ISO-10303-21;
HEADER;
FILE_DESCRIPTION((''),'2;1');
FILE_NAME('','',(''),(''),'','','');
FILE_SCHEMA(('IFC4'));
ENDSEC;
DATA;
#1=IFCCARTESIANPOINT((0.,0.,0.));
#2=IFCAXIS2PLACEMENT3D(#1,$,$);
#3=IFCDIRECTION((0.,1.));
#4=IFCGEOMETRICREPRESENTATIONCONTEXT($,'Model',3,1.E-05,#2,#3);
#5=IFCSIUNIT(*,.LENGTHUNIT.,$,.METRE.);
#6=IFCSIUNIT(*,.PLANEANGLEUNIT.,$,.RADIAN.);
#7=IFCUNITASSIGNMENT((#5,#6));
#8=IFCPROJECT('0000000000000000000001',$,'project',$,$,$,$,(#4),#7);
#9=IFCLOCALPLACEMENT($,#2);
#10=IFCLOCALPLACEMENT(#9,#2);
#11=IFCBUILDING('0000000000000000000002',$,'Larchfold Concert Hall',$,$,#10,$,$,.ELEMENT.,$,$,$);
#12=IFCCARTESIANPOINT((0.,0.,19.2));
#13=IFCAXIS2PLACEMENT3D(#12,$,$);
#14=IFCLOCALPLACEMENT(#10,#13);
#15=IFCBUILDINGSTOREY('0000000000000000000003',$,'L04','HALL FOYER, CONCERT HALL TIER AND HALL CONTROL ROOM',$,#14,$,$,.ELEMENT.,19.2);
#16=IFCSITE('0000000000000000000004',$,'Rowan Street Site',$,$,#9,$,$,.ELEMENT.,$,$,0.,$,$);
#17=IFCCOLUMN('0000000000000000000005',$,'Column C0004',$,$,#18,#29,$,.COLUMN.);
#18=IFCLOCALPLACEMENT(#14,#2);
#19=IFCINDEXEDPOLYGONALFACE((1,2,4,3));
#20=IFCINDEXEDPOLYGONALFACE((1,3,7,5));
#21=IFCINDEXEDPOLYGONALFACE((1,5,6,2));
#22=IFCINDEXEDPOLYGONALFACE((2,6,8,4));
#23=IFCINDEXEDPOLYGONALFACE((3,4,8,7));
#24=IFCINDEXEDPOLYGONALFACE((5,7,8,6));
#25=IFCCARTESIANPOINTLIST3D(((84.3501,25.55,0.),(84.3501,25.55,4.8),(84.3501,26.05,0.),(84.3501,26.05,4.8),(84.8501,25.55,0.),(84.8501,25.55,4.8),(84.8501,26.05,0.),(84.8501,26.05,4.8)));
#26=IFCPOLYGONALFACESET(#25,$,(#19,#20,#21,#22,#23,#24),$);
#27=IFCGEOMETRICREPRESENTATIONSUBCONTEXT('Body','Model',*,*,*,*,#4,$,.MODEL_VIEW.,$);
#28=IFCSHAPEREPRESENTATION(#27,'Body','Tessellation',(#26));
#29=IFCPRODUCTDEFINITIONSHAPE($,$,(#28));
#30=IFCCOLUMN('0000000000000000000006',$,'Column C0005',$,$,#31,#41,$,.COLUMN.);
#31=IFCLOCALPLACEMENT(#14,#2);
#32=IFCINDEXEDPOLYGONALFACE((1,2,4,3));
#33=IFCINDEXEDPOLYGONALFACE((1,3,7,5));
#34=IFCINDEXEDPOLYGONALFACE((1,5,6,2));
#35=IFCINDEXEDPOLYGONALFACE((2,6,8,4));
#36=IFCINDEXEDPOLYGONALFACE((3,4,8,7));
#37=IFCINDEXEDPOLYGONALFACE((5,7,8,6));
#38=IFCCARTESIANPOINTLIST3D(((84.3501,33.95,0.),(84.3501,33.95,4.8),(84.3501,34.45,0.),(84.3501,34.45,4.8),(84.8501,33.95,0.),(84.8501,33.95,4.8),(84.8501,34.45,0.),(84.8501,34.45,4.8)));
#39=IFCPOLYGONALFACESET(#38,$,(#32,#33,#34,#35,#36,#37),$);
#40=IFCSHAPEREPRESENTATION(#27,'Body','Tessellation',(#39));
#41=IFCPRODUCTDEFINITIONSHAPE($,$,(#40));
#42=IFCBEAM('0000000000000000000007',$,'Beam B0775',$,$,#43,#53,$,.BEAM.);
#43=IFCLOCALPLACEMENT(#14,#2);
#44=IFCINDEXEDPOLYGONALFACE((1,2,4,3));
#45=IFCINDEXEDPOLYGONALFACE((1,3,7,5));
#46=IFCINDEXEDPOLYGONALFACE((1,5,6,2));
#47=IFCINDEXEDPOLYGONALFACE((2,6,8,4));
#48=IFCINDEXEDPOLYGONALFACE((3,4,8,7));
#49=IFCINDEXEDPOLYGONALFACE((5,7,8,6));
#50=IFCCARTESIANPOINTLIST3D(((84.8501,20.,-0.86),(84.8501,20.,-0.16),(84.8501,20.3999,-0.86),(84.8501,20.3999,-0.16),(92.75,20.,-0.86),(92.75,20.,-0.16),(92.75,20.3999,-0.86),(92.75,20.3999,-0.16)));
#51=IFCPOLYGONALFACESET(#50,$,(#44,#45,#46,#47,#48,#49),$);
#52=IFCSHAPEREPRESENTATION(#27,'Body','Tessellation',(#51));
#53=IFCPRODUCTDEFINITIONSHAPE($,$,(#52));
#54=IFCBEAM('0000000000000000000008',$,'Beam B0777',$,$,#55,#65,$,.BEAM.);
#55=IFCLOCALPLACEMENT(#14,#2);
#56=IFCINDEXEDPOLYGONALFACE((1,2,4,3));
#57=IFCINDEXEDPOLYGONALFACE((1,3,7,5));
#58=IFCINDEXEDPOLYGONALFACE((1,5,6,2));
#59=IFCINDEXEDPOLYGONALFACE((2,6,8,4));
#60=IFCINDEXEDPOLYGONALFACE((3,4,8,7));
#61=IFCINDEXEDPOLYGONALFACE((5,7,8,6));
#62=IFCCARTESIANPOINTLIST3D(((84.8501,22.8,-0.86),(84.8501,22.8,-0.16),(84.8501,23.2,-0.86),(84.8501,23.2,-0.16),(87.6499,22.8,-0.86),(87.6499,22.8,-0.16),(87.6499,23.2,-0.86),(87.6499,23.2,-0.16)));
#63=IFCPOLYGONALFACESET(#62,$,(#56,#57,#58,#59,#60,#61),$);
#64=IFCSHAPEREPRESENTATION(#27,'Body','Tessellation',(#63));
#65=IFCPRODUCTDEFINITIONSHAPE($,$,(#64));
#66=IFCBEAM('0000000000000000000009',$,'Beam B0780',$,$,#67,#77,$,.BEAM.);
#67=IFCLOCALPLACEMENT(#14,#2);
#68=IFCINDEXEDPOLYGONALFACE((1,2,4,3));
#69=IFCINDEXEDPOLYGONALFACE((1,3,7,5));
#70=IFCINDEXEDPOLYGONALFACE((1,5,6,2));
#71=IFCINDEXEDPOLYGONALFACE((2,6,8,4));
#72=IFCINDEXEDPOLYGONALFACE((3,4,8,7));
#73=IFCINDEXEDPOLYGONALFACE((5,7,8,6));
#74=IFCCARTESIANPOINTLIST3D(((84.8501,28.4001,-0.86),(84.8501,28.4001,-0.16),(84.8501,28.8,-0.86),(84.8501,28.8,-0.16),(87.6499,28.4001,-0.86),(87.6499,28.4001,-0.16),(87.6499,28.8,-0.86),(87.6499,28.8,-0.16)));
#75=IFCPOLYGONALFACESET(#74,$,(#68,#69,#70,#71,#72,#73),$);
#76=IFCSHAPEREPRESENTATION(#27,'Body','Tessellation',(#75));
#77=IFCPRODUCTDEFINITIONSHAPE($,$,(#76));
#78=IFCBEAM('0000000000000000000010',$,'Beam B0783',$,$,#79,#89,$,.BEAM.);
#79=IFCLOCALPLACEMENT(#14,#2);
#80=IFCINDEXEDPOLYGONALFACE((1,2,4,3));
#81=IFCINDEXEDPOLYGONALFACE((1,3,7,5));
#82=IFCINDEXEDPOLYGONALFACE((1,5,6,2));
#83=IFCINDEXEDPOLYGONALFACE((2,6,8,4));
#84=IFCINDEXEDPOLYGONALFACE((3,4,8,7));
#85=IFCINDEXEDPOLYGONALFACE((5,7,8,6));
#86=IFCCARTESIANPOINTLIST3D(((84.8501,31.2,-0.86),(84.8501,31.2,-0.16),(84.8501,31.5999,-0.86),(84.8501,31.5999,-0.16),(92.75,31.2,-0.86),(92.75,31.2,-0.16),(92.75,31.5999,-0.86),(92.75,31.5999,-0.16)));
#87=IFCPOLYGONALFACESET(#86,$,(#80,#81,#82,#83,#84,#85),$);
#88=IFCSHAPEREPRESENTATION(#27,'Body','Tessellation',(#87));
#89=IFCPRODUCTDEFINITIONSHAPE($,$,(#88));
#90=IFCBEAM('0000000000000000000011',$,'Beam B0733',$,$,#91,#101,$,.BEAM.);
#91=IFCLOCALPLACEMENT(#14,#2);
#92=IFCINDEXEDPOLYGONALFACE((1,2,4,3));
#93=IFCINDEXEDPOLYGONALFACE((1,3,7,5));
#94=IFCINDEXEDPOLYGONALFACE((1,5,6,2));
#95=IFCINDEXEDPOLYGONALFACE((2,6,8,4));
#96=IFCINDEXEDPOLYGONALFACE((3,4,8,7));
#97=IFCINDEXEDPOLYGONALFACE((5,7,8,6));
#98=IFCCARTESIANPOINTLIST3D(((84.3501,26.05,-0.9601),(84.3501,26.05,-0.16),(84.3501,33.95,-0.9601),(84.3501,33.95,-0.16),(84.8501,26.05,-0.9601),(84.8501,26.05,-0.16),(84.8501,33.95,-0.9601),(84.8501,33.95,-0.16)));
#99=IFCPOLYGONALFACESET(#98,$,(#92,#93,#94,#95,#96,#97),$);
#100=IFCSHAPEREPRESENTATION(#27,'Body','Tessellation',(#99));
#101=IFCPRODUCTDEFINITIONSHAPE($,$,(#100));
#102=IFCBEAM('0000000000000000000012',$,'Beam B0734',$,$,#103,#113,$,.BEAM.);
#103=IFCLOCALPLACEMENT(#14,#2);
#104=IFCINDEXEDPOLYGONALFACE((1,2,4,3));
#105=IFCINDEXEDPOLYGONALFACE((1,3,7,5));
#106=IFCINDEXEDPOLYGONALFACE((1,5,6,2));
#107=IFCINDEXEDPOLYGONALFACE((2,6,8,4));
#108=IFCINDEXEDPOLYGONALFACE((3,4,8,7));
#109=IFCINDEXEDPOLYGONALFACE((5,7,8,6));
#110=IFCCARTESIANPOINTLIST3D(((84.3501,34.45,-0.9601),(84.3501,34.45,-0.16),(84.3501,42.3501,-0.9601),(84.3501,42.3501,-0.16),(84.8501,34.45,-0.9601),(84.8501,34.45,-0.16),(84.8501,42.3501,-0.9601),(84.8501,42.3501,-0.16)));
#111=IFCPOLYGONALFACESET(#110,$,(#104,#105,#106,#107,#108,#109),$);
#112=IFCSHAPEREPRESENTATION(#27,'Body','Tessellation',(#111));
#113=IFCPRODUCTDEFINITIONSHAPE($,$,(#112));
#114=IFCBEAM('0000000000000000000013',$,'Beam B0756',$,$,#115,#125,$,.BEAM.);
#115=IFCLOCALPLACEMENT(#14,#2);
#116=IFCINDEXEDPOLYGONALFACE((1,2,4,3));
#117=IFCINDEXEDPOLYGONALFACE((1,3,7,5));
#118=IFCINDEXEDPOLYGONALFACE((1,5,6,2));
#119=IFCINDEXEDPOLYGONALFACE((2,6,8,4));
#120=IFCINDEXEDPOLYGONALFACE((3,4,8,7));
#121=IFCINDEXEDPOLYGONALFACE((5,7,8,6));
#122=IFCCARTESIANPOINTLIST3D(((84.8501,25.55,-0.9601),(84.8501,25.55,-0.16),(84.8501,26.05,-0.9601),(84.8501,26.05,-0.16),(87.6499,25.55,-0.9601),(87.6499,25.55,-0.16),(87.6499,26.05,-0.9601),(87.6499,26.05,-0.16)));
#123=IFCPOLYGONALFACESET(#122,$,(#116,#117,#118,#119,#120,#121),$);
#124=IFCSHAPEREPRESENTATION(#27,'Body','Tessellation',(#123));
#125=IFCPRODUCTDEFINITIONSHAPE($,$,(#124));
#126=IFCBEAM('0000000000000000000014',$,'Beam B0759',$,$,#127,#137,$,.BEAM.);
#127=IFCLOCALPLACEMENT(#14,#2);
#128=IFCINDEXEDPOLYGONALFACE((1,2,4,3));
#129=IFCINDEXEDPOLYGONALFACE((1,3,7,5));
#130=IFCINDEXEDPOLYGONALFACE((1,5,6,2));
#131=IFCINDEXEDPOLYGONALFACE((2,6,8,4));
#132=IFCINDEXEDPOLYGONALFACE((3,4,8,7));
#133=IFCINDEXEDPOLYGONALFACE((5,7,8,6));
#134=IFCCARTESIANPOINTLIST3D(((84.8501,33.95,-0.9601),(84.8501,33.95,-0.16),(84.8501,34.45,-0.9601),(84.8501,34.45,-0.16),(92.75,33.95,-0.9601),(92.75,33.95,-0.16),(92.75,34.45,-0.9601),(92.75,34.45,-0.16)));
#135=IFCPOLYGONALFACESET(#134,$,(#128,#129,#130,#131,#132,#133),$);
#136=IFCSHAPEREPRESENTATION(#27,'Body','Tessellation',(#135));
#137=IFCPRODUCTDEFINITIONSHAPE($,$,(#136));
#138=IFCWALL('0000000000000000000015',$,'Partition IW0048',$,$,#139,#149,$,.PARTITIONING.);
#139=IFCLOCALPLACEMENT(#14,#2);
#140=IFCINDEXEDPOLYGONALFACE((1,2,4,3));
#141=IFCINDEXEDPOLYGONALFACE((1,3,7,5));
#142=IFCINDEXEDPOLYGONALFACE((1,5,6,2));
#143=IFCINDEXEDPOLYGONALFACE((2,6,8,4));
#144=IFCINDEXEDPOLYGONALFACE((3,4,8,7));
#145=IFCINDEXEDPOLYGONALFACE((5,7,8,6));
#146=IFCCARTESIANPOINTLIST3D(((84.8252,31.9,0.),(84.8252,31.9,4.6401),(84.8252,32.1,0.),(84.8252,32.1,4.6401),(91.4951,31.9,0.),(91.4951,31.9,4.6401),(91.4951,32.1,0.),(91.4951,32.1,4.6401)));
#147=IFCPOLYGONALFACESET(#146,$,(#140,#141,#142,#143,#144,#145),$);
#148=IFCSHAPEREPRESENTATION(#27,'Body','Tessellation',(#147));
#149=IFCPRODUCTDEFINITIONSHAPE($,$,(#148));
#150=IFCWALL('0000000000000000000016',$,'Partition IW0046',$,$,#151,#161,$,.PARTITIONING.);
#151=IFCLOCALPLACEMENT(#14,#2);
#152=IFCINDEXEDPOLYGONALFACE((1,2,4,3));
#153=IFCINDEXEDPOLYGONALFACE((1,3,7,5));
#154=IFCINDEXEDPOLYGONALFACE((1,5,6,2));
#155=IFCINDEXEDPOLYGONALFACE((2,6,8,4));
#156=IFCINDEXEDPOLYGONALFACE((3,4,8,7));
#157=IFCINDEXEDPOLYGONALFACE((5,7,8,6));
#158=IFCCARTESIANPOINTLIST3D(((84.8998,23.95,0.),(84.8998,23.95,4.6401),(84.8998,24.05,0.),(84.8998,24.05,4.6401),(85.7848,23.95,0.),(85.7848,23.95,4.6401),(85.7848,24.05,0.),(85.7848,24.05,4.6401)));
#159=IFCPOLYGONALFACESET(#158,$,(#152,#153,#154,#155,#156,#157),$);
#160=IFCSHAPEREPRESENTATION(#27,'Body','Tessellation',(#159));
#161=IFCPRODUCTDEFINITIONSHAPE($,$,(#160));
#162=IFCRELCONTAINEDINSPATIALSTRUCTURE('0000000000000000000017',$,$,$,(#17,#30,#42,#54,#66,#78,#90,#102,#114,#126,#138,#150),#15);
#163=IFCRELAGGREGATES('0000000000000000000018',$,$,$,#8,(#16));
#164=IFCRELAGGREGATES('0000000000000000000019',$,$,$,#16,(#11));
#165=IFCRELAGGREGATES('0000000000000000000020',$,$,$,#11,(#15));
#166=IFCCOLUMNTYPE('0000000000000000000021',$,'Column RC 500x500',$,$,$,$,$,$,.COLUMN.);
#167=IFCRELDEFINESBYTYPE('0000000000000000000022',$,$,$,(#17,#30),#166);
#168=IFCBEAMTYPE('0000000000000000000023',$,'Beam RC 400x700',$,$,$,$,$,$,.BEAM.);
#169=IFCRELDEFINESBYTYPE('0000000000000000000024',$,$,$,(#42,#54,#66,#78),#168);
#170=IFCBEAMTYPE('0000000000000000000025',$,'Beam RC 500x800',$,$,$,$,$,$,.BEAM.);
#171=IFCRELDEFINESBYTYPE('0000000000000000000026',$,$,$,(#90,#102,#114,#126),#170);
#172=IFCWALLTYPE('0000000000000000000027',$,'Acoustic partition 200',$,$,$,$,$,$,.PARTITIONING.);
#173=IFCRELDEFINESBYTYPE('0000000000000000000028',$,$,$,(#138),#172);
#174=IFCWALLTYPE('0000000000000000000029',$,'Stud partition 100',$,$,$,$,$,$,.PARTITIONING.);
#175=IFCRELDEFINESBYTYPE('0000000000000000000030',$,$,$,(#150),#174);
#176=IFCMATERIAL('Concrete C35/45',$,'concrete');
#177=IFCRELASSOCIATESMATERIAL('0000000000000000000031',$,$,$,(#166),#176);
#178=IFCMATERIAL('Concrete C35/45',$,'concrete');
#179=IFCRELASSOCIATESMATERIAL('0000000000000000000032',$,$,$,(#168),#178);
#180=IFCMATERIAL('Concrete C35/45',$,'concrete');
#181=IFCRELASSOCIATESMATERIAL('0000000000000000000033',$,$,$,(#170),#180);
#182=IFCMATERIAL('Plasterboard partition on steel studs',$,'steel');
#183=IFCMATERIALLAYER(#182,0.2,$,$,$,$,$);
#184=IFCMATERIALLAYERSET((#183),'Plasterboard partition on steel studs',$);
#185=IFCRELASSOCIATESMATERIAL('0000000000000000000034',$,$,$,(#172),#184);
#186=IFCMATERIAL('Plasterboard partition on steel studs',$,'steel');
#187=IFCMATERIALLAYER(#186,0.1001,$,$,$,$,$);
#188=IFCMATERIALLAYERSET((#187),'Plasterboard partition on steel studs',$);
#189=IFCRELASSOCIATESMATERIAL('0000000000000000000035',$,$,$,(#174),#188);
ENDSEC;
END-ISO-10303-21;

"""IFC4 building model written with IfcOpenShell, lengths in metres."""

from ifc_helpers import new_model, si_unit, direction, frame, frame_2d, origin, origin_2d, place, context, subcontext, project, spatial, rectangle, extrude, material, layer, layer_set, material_profile, profile_set, type_object, element, save


model = new_model("IFC4")

# Units and contexts
model_context = context("Model", 3, precision=1e-05, world=origin(), true_north=direction((0.0, 1.0)))
body_context = subcontext(model_context, "Body", "Model", "MODEL_VIEW")
ifc_project = project(units=[si_unit("LENGTHUNIT", "METRE"), si_unit("PLANEANGLEUNIT", "RADIAN")], contexts=[model_context])

# Site, building, storey
site_placement = place(None, origin())
site = spatial("IfcSite", under=ifc_project, at=site_placement, Name="Rowan Street Site", CompositionType="ELEMENT", RefElevation=0.0)
building_placement = place(site_placement, origin())
building = spatial("IfcBuilding", under=site, at=building_placement, Name="Larchfold Concert Hall", CompositionType="ELEMENT")
storey_placement = place(building_placement, frame((0.0, 0.0, 19.2)))
storey = spatial("IfcBuildingStorey", under=building, at=storey_placement, Name="L04", Description="HALL FOYER, CONCERT HALL TIER AND HALL CONTROL ROOM", CompositionType="ELEMENT", Elevation=19.2)

# Columns
ifc_material_1 = material(Name="Concrete C35/45", Category="concrete")
ifc_material_profile_1 = material_profile(ifc_material_1, rectangle(XDim=0.5, YDim=0.5, at=origin_2d()))
ifc_profile_set_1 = profile_set([ifc_material_profile_1], Name="Concrete C35/45")
column_type = type_object("IfcColumnType", Name="Column RC 500x500", PredefinedType="COLUMN", material=ifc_profile_set_1)
for number, where, z_axis, x_axis, name in (
    (1, (84.6001, 25.8, 0.0), (0.0, 0.0, 1.0), (1.0, 0.0, 0.0), "Column C0004"),
    (2, (84.6001, 34.2, 0.0), (0.0, 0.0, 1.0), (1.0, 0.0, 0.0), "Column C0005"),
):
    element("IfcColumn", number, at=place(storey_placement, frame(where, z_axis=z_axis, x_axis=x_axis)), inside=storey, type_object=column_type, Name=name, PredefinedType="COLUMN", context=body_context, shape_type="SweptSolid", body=[
        extrude(rectangle(XDim=0.5, YDim=0.5, at=origin_2d()), origin(), (0.0, 0.0, 1.0), 4.8),
    ])

# Beams
ifc_material_2 = material(Name="Concrete C35/45", Category="concrete")
ifc_material_profile_2 = material_profile(ifc_material_2, rectangle(XDim=0.3999, YDim=0.7, at=origin_2d()))
ifc_profile_set_2 = profile_set([ifc_material_profile_2], Name="Concrete C35/45")
beam_type_1 = type_object("IfcBeamType", Name="Beam RC 400x700", PredefinedType="BEAM", material=ifc_profile_set_2)
beam_1_placement = place(storey_placement, frame((84.8501, 20.2, -0.51), z_axis=(1.0, 0.0, 0.0), x_axis=(0.0, 1.0, 0.0)))
element("IfcBeam", 3, at=beam_1_placement, inside=storey, type_object=beam_type_1, Name="Beam B0775", PredefinedType="BEAM", context=body_context, shape_type="SweptSolid", body=[
    extrude(rectangle(XDim=0.3999, YDim=0.7, at=origin_2d()), origin(), (0.0, 0.0, 1.0), 7.8999),
])
for number, where, z_axis, x_axis, name in (
    (4, (84.8501, 23.0, -0.51), (1.0, 0.0, 0.0), (0.0, 1.0, 0.0), "Beam B0777"),
    (5, (84.8501, 28.6001, -0.51), (1.0, 0.0, 0.0), (0.0, 1.0, 0.0), "Beam B0780"),
):
    element("IfcBeam", number, at=place(storey_placement, frame(where, z_axis=z_axis, x_axis=x_axis)), inside=storey, type_object=beam_type_1, Name=name, PredefinedType="BEAM", context=body_context, shape_type="SweptSolid", body=[
        extrude(rectangle(XDim=0.3999, YDim=0.7, at=origin_2d()), origin(), (0.0, 0.0, 1.0), 2.7998),
    ])
beam_2_placement = place(storey_placement, frame((84.8501, 31.3999, -0.51), z_axis=(1.0, 0.0, 0.0), x_axis=(0.0, 1.0, 0.0)))
element("IfcBeam", 6, at=beam_2_placement, inside=storey, type_object=beam_type_1, Name="Beam B0783", PredefinedType="BEAM", context=body_context, shape_type="SweptSolid", body=[
    extrude(rectangle(XDim=0.3999, YDim=0.7, at=origin_2d()), origin(), (0.0, 0.0, 1.0), 7.8999),
])
ifc_material_3 = material(Name="Concrete C35/45", Category="concrete")
ifc_material_profile_3 = material_profile(ifc_material_3, rectangle(XDim=0.5, YDim=0.8, at=origin_2d()))
ifc_profile_set_3 = profile_set([ifc_material_profile_3], Name="Concrete C35/45")
beam_type_2 = type_object("IfcBeamType", Name="Beam RC 500x800", PredefinedType="BEAM", material=ifc_profile_set_3)
beam_3_placement = place(storey_placement, frame((84.6001, 26.05, -0.5601), z_axis=(0.0, 1.0, 0.0), x_axis=(-1.0, 0.0, 0.0)))
element("IfcBeam", 7, at=beam_3_placement, inside=storey, type_object=beam_type_2, Name="Beam B0733", PredefinedType="BEAM", context=body_context, shape_type="SweptSolid", body=[
    extrude(rectangle(XDim=0.5, YDim=0.8, at=origin_2d()), origin(), (0.0, 0.0, 1.0), 7.8999),
])
beam_4_placement = place(storey_placement, frame((84.6001, 34.45, -0.5601), z_axis=(0.0, 1.0, 0.0), x_axis=(-1.0, 0.0, 0.0)))
element("IfcBeam", 8, at=beam_4_placement, inside=storey, type_object=beam_type_2, Name="Beam B0734", PredefinedType="BEAM", context=body_context, shape_type="SweptSolid", body=[
    extrude(rectangle(XDim=0.5, YDim=0.8, at=origin_2d()), origin(), (0.0, 0.0, 1.0), 7.9001),
])
beam_5_placement = place(storey_placement, frame((84.8501, 25.8, -0.5601), z_axis=(1.0, 0.0, 0.0), x_axis=(0.0, 1.0, 0.0)))
element("IfcBeam", 9, at=beam_5_placement, inside=storey, type_object=beam_type_2, Name="Beam B0756", PredefinedType="BEAM", context=body_context, shape_type="SweptSolid", body=[
    extrude(rectangle(XDim=0.5, YDim=0.8, at=origin_2d()), origin(), (0.0, 0.0, 1.0), 2.7998),
])
beam_6_placement = place(storey_placement, frame((84.8501, 34.2, -0.5601), z_axis=(1.0, 0.0, 0.0), x_axis=(0.0, 1.0, 0.0)))
element("IfcBeam", 10, at=beam_6_placement, inside=storey, type_object=beam_type_2, Name="Beam B0759", PredefinedType="BEAM", context=body_context, shape_type="SweptSolid", body=[
    extrude(rectangle(XDim=0.5, YDim=0.8, at=origin_2d()), origin(), (0.0, 0.0, 1.0), 7.8999),
])

# Walls
ifc_material_4 = material(Name="Plasterboard partition on steel studs", Category="steel")
ifc_layer_1 = layer(ifc_material_4, 0.2)
ifc_layer_set_1 = layer_set([ifc_layer_1], Name="Plasterboard partition on steel studs")
wall_type_1 = type_object("IfcWallType", Name="Acoustic partition 200", PredefinedType="PARTITIONING", material=ifc_layer_set_1)
wall_1_placement = place(storey_placement, frame((84.8252, 32.0, 0.0), z_axis=(0.0, 0.0, 1.0), x_axis=(1.0, 0.0, 0.0)))
element("IfcWall", 11, at=wall_1_placement, inside=storey, type_object=wall_type_1, Name="Partition IW0048", PredefinedType="PARTITIONING", context=body_context, shape_type="SweptSolid", body=[
    extrude(rectangle(XDim=6.6699, YDim=0.2, at=frame_2d((3.335, 0.0))), origin(), (0.0, 0.0, 1.0), 4.6401),
])
ifc_material_5 = material(Name="Plasterboard partition on steel studs", Category="steel")
ifc_layer_2 = layer(ifc_material_5, 0.1001)
ifc_layer_set_2 = layer_set([ifc_layer_2], Name="Plasterboard partition on steel studs")
wall_type_2 = type_object("IfcWallType", Name="Stud partition 100", PredefinedType="PARTITIONING", material=ifc_layer_set_2)
wall_2_placement = place(storey_placement, frame((84.8999, 24.0, 0.0), z_axis=(0.0, 0.0, 1.0), x_axis=(1.0, 0.0, 0.0)))
element("IfcWall", 12, at=wall_2_placement, inside=storey, type_object=wall_type_2, Name="Partition IW0046", PredefinedType="PARTITIONING", context=body_context, shape_type="SweptSolid", body=[
    extrude(rectangle(XDim=0.885, YDim=0.1001, at=frame_2d((0.4424, 0.0))), origin(), (0.0, 0.0, 1.0), 4.6401),
])

save(model, "model.ifc")
